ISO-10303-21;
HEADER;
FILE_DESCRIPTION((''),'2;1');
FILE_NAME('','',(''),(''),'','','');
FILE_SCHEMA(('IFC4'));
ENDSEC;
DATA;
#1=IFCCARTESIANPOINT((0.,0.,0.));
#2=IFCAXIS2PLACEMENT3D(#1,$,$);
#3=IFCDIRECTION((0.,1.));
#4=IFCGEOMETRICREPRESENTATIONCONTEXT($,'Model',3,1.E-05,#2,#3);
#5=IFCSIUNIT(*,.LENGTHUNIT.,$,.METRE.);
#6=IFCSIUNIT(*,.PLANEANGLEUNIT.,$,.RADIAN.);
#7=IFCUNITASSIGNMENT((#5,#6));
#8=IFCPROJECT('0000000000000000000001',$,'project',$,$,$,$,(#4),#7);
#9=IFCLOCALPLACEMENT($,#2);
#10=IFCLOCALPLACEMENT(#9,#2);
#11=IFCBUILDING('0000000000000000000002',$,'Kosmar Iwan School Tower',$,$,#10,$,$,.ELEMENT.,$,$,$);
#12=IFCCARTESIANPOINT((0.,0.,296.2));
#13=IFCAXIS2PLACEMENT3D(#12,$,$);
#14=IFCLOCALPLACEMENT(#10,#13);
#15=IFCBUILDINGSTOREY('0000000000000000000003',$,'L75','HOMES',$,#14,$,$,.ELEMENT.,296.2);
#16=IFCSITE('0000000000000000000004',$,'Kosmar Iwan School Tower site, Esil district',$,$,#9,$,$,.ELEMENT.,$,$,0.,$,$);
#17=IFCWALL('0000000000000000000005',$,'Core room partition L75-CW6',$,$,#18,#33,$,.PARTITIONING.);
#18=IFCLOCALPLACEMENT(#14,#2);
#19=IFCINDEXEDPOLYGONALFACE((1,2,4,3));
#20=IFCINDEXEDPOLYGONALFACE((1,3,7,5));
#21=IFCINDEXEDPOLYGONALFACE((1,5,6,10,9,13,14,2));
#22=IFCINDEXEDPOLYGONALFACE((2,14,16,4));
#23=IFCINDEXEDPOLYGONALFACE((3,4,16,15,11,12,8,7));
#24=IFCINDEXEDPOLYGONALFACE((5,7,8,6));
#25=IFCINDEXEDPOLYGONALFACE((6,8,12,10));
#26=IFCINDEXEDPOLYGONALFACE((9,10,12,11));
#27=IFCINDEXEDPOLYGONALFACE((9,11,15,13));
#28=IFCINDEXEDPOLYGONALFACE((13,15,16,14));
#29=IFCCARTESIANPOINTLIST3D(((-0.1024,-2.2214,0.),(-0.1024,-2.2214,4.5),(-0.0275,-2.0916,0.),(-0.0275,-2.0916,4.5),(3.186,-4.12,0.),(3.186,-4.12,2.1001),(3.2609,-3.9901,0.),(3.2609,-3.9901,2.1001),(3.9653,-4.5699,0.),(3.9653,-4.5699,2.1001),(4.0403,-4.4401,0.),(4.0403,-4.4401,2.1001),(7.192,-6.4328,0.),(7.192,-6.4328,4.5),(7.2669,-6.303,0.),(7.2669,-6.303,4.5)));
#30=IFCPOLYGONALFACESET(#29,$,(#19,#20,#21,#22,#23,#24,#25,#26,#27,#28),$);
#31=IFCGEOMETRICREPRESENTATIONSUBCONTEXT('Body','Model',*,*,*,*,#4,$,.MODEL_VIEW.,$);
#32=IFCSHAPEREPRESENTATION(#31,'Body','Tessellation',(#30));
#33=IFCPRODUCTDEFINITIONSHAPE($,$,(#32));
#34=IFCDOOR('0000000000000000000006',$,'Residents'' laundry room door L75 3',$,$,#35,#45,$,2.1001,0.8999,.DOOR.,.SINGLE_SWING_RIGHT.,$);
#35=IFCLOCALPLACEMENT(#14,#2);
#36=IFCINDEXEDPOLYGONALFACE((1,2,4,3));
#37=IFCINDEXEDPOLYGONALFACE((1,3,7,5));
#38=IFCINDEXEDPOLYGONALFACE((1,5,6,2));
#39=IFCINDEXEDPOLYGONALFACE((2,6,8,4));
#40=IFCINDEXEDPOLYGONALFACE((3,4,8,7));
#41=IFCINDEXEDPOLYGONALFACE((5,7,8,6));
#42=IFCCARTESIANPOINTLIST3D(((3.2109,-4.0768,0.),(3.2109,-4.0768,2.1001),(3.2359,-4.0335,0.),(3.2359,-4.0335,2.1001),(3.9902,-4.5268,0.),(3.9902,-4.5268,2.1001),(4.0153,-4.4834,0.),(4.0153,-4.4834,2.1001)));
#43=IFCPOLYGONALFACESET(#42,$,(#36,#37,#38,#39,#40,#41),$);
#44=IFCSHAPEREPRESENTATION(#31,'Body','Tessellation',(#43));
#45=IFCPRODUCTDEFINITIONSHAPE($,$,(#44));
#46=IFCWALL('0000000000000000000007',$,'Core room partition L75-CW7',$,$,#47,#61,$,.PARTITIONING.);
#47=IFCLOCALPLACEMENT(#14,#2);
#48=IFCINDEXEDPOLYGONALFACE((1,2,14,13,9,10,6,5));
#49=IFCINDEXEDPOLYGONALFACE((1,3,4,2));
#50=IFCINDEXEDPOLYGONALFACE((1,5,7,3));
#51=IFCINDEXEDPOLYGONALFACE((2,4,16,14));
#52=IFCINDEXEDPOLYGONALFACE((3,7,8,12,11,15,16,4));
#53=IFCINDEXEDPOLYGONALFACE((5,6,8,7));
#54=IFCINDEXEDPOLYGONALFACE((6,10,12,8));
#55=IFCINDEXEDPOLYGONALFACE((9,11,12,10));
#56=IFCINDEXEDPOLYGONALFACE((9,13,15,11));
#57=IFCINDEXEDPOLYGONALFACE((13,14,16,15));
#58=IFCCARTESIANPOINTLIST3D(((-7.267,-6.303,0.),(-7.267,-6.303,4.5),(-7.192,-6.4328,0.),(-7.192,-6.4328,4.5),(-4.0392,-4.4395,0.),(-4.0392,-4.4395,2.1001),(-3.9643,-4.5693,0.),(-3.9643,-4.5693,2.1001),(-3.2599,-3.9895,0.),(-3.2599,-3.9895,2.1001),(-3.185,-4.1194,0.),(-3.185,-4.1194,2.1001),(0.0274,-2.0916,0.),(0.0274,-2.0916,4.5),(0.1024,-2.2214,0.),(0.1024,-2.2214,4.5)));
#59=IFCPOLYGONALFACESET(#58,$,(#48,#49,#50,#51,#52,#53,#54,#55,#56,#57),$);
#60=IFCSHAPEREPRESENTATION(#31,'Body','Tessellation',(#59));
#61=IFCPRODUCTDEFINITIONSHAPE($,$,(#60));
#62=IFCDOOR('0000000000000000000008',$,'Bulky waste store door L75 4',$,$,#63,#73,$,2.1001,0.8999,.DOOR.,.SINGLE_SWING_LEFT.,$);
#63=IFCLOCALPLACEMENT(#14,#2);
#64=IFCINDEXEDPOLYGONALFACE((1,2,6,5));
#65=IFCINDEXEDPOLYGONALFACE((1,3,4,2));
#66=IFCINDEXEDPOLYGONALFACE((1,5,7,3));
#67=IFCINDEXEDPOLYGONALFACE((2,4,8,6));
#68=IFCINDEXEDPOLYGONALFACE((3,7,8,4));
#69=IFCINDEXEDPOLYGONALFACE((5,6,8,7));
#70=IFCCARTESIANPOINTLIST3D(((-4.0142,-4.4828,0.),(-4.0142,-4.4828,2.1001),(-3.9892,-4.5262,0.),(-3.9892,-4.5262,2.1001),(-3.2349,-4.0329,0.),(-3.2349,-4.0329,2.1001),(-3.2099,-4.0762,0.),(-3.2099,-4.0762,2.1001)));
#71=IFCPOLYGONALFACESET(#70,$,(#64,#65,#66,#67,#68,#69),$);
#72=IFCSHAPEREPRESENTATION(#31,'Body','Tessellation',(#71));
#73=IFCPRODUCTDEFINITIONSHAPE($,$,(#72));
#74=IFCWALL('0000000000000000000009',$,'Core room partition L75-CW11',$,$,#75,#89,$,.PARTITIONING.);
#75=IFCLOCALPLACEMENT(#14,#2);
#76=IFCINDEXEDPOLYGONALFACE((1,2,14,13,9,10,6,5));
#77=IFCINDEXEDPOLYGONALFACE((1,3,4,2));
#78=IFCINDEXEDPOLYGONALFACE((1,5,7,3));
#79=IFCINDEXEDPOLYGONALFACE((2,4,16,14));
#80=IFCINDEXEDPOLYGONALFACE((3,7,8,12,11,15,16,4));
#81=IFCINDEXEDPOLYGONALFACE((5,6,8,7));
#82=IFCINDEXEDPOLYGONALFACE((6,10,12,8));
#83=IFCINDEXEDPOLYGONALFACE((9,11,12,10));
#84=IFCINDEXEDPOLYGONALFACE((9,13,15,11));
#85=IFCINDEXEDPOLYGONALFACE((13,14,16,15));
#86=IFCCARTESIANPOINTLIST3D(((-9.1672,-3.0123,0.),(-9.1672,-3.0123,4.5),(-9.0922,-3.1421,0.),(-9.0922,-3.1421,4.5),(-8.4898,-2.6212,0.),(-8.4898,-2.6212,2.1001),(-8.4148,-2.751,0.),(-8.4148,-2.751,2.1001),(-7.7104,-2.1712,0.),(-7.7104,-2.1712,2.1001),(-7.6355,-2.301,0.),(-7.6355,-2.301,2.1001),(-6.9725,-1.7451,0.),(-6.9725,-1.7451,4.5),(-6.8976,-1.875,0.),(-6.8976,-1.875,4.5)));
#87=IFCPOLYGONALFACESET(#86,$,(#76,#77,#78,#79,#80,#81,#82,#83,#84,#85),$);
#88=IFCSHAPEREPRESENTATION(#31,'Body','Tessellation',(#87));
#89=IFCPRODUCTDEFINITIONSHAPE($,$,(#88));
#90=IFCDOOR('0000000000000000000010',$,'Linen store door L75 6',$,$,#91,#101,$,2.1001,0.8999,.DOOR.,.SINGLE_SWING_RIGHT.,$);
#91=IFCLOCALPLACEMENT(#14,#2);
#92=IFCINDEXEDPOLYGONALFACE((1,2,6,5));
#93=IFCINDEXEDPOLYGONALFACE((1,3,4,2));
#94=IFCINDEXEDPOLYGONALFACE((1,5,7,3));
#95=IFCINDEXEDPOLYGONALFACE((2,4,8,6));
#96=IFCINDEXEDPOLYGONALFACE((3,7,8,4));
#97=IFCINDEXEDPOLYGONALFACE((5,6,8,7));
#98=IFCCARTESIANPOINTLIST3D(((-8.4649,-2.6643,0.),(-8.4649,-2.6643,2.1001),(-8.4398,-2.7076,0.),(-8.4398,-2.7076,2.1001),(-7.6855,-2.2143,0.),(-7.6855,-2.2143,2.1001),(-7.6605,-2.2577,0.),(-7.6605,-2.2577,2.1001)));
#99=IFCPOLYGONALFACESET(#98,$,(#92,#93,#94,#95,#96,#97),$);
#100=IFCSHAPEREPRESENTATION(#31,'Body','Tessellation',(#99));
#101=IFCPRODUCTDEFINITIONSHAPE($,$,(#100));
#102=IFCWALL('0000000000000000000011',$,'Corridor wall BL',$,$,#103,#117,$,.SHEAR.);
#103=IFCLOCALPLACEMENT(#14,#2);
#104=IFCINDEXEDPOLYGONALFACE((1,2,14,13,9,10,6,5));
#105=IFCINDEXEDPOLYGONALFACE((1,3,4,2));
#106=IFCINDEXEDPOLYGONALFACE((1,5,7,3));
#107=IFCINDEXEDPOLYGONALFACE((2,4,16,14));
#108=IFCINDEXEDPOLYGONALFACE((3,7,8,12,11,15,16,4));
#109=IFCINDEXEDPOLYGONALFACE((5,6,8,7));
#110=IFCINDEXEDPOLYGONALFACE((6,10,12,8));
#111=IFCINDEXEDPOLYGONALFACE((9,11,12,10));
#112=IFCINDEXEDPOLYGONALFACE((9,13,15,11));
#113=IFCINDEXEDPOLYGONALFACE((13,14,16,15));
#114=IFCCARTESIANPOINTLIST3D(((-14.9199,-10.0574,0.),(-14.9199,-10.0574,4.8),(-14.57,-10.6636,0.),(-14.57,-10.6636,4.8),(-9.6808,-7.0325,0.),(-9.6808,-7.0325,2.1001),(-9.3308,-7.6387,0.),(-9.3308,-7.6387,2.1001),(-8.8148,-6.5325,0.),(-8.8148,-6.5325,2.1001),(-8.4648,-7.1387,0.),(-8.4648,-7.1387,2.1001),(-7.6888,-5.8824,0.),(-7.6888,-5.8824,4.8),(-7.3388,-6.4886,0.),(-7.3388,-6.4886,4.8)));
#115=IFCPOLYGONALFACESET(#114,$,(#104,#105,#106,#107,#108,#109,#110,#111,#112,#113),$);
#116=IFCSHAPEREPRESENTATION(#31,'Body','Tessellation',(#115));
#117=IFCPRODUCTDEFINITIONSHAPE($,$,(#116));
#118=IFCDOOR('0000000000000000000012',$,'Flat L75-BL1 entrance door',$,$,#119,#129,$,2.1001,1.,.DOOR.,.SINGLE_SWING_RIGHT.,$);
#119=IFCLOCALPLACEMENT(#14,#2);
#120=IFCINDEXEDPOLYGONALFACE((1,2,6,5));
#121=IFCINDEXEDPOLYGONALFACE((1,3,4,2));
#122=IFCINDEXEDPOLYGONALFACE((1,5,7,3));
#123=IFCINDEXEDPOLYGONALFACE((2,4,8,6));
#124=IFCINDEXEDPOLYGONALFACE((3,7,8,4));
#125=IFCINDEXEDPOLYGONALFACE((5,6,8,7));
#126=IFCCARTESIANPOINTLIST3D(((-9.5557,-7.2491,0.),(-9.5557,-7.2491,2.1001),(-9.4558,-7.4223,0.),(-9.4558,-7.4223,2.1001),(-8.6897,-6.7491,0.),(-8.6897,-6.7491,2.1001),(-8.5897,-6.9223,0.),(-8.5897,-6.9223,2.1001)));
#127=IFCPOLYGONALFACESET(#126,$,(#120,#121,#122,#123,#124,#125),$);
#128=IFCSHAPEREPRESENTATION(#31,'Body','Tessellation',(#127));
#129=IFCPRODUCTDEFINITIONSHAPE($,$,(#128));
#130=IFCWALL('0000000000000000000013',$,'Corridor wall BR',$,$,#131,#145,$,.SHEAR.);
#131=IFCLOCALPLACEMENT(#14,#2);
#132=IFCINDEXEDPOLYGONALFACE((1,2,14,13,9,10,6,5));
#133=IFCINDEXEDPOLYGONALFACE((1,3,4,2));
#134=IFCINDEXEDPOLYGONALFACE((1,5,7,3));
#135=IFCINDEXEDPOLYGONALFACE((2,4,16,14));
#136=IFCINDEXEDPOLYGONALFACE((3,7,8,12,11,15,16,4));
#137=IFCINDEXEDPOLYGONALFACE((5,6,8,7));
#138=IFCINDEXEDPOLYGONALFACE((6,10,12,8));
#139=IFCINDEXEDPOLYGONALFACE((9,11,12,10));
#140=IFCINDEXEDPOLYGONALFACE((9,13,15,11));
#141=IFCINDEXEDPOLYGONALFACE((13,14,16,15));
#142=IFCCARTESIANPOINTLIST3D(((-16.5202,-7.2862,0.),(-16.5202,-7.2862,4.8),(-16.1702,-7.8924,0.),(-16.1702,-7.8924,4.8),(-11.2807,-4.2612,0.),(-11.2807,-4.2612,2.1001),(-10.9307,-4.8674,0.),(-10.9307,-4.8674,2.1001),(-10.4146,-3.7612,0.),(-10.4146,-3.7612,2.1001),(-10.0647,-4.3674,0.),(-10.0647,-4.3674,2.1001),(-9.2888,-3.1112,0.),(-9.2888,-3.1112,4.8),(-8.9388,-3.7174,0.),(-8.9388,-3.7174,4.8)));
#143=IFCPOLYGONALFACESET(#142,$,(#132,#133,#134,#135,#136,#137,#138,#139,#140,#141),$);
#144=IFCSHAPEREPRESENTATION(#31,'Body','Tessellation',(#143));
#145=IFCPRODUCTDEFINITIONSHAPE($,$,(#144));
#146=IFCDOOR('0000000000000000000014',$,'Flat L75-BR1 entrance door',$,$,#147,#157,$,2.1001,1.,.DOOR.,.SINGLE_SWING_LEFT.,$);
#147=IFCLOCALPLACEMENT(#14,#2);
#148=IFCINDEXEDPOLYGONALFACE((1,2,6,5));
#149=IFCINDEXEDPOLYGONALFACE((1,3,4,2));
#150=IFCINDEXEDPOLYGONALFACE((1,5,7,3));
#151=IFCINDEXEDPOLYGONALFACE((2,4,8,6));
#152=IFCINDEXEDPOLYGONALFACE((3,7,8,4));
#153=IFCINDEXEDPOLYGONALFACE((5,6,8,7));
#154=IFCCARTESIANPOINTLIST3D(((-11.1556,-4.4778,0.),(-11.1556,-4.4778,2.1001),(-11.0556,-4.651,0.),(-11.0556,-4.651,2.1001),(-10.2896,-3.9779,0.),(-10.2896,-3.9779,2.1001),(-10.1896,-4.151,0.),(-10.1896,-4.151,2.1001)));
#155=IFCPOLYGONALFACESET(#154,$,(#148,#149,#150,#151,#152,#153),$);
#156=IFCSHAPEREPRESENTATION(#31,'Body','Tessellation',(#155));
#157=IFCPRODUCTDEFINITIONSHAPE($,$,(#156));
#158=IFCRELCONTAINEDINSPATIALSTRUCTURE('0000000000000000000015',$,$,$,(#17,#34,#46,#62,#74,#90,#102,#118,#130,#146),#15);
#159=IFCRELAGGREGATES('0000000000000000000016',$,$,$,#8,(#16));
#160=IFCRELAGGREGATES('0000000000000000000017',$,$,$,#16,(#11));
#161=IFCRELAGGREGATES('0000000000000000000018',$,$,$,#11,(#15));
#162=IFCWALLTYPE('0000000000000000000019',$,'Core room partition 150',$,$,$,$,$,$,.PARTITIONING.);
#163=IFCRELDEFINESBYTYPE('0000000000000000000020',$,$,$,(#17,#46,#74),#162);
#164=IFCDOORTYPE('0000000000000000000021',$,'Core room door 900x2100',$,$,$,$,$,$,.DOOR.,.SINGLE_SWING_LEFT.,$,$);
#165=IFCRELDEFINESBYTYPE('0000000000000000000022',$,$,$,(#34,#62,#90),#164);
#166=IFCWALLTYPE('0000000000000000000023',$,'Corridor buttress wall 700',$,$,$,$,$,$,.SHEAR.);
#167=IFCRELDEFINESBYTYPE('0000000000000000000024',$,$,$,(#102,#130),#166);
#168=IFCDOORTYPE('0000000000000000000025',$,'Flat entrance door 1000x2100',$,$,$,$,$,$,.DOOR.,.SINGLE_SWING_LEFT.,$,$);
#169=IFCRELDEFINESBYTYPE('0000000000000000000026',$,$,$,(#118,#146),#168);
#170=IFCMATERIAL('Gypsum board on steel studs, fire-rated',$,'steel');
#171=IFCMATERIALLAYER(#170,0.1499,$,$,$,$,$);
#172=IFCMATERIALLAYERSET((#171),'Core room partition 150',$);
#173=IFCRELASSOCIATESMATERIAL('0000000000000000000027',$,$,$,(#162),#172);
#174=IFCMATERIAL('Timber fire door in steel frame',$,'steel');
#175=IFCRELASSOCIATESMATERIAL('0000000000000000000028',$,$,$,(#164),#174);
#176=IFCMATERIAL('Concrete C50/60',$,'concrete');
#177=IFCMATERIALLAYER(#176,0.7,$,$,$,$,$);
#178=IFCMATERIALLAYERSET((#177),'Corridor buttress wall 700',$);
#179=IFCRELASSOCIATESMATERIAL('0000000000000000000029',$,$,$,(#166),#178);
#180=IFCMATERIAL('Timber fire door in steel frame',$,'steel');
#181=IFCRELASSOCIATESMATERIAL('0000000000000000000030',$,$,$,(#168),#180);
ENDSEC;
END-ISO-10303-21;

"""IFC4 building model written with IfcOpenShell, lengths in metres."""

from ifc_helpers import new_model, si_unit, direction, frame, frame_2d, origin, place, context, subcontext, project, spatial, rectangle, extrude, material, layer, layer_set, type_object, element, fill, save


model = new_model("IFC4")

# Units and contexts
model_context = context("Model", 3, precision=1e-05, world=origin(), true_north=direction((0.0, 1.0)))
body_context = subcontext(model_context, "Body", "Model", "MODEL_VIEW")
ifc_project = project(units=[si_unit("LENGTHUNIT", "METRE"), si_unit("PLANEANGLEUNIT", "RADIAN")], contexts=[model_context])

# Site, building, storey
site_placement = place(None, origin())
site = spatial("IfcSite", under=ifc_project, at=site_placement, Name="Kosmar Iwan School Tower site, Esil district", CompositionType="ELEMENT", RefElevation=0.0)
building_placement = place(site_placement, origin())
building = spatial("IfcBuilding", under=site, at=building_placement, Name="Kosmar Iwan School Tower", CompositionType="ELEMENT")
storey_placement = place(building_placement, frame((0.0, 0.0, 296.2)))
storey = spatial("IfcBuildingStorey", under=building, at=storey_placement, Name="L75", Description="HOMES", CompositionType="ELEMENT", Elevation=296.2)

# Walls, openings, doors
ifc_material_1 = material(Name="Gypsum board on steel studs, fire-rated", Category="steel")
ifc_layer_1 = layer(ifc_material_1, 0.1499)
ifc_layer_set_1 = layer_set([ifc_layer_1], Name="Core room partition 150")
wall_type_1 = type_object("IfcWallType", Name="Core room partition 150", PredefinedType="PARTITIONING", material=ifc_layer_set_1)
wall_1_placement = place(storey_placement, frame((-0.0649, -2.1565, 0.0), z_axis=(0.0, 0.0, 1.0), x_axis=(0.866026, -0.499998, 0.0)))
wall_1 = element("IfcWall", 1, at=wall_1_placement, inside=storey, type_object=wall_type_1, Name="Core room partition L75-CW6", PredefinedType="PARTITIONING", context=body_context, shape_type="SweptSolid", body=[
    extrude(rectangle(XDim=8.4229, YDim=0.1499, at=frame_2d((4.2114, 0.0))), origin(), (0.0, 0.0, 1.0), 4.5),
])
opening_1_placement = place(wall_1_placement, frame((3.7971, 0.0, 0.0)))
opening_1 = element("IfcOpeningElement", 2, at=opening_1_placement, cuts=wall_1, PredefinedType="OPENING", context=body_context, shape_type="SweptSolid", body=[
    extrude(rectangle(XDim=0.8999, YDim=2.1001, at=frame_2d((0.45, 1.05))), frame((0.0, 0.0869, 0.0), z_axis=(0.0, -1.0, 0.0), x_axis=(1.0, 0.0, 0.0)), (0.0, 0.0, 1.0), 0.1738),
])
ifc_material_2 = material(Name="Timber fire door in steel frame", Category="steel")
door_type_1 = type_object("IfcDoorType", Name="Core room door 900x2100", OperationType="SINGLE_SWING_LEFT", PredefinedType="DOOR", material=ifc_material_2)
door_1_placement = place(opening_1_placement, origin())
door_1 = element("IfcDoor", 3, at=door_1_placement, inside=storey, type_object=door_type_1, Name="Residents' laundry room door L75 3", OperationType="SINGLE_SWING_RIGHT", OverallHeight=2.1001, OverallWidth=0.8999, PredefinedType="DOOR", context=body_context, shape_type="SweptSolid", body=[
    extrude(rectangle(XDim=0.8999, YDim=2.1001, at=frame_2d((0.45, 1.05))), frame((0.0, 0.0249, 0.0), z_axis=(0.0, -1.0, 0.0), x_axis=(1.0, 0.0, 0.0)), (0.0, 0.0, 1.0), 0.05),
])
fill(opening_1, door_1)
wall_2_placement = place(storey_placement, frame((-7.2295, -6.3679, 0.0), z_axis=(0.0, 0.0, 1.0), x_axis=(0.866026, 0.499998, 0.0)))
wall_2 = element("IfcWall", 4, at=wall_2_placement, inside=storey, type_object=wall_type_1, Name="Core room partition L75-CW7", PredefinedType="PARTITIONING", context=body_context, shape_type="SweptSolid", body=[
    extrude(rectangle(XDim=8.4229, YDim=0.1499, at=frame_2d((4.2114, 0.0))), origin(), (0.0, 0.0, 1.0), 4.5),
])
opening_2_placement = place(wall_2_placement, frame((3.7271, 0.0, 0.0)))
opening_2 = element("IfcOpeningElement", 5, at=opening_2_placement, cuts=wall_2, PredefinedType="OPENING", context=body_context, shape_type="SweptSolid", body=[
    extrude(rectangle(XDim=0.8999, YDim=2.1001, at=frame_2d((0.45, 1.05))), frame((0.0, 0.0869, 0.0), z_axis=(0.0, -1.0, 0.0), x_axis=(1.0, 0.0, 0.0)), (0.0, 0.0, 1.0), 0.1738),
])
door_2_placement = place(opening_2_placement, origin())
door_2 = element("IfcDoor", 6, at=door_2_placement, inside=storey, type_object=door_type_1, Name="Bulky waste store door L75 4", OperationType="SINGLE_SWING_LEFT", OverallHeight=2.1001, OverallWidth=0.8999, PredefinedType="DOOR", context=body_context, shape_type="SweptSolid", body=[
    extrude(rectangle(XDim=0.8999, YDim=2.1001, at=frame_2d((0.45, 1.05))), frame((0.0, 0.0249, 0.0), z_axis=(0.0, -1.0, 0.0), x_axis=(1.0, 0.0, 0.0)), (0.0, 0.0, 1.0), 0.05),
])
fill(opening_2, door_2)
wall_3_placement = place(storey_placement, frame((-6.9351, -1.8101, 0.0), z_axis=(0.0, 0.0, 1.0), x_axis=(-0.866017, -0.500014, 0.0)))
wall_3 = element("IfcWall", 7, at=wall_3_placement, inside=storey, type_object=wall_type_1, Name="Core room partition L75-CW11", PredefinedType="PARTITIONING", context=body_context, shape_type="SweptSolid", body=[
    extrude(rectangle(XDim=2.5342, YDim=0.1499, at=frame_2d((1.2671, 0.0))), origin(), (0.0, 0.0, 1.0), 4.5),
])
opening_3_placement = place(wall_3_placement, frame((0.8521, 0.0, 0.0)))
opening_3 = element("IfcOpeningElement", 8, at=opening_3_placement, cuts=wall_3, PredefinedType="OPENING", context=body_context, shape_type="SweptSolid", body=[
    extrude(rectangle(XDim=0.8999, YDim=2.1001, at=frame_2d((0.45, 1.05))), frame((0.0, 0.0869, 0.0), z_axis=(0.0, -1.0, 0.0), x_axis=(1.0, 0.0, 0.0)), (0.0, 0.0, 1.0), 0.1738),
])
door_3_placement = place(opening_3_placement, origin())
door_3 = element("IfcDoor", 9, at=door_3_placement, inside=storey, type_object=door_type_1, Name="Linen store door L75 6", OperationType="SINGLE_SWING_RIGHT", OverallHeight=2.1001, OverallWidth=0.8999, PredefinedType="DOOR", context=body_context, shape_type="SweptSolid", body=[
    extrude(rectangle(XDim=0.8999, YDim=2.1001, at=frame_2d((0.45, 1.05))), frame((0.0, 0.0249, 0.0), z_axis=(0.0, -1.0, 0.0), x_axis=(1.0, 0.0, 0.0)), (0.0, 0.0, 1.0), 0.05),
])
fill(opening_3, door_3)
ifc_material_3 = material(Name="Concrete C50/60", Category="concrete")
ifc_layer_2 = layer(ifc_material_3, 0.7)
ifc_layer_set_2 = layer_set([ifc_layer_2], Name="Corridor buttress wall 700")
wall_type_2 = type_object("IfcWallType", Name="Corridor buttress wall 700", PredefinedType="SHEAR", material=ifc_layer_set_2)
wall_4_placement = place(storey_placement, frame((-7.5139, -6.1855, 0.0), z_axis=(0.0, 0.0, 1.0), x_axis=(-0.86602, -0.50001, 0.0)))
wall_4 = element("IfcWall", 10, at=wall_4_placement, inside=storey, type_object=wall_type_2, Name="Corridor wall BL", PredefinedType="SHEAR", context=body_context, shape_type="SweptSolid", body=[
    extrude(rectangle(XDim=8.3499, YDim=0.7, at=frame_2d((4.1748, 0.0))), origin(), (0.0, 0.0, 1.0), 4.8),
])
opening_4_placement = place(wall_4_placement, frame((1.3, 0.0, 0.0)))
opening_4 = element("IfcOpeningElement", 11, at=opening_4_placement, cuts=wall_4, PredefinedType="OPENING", context=body_context, shape_type="SweptSolid", body=[
    extrude(rectangle(XDim=1.0, YDim=2.1001, at=frame_2d((0.5, 1.05))), frame((0.0, 0.3621, 0.0), z_axis=(0.0, -1.0, 0.0), x_axis=(1.0, 0.0, 0.0)), (0.0, 0.0, 1.0), 0.7239),
])
ifc_material_4 = material(Name="Timber fire door in steel frame", Category="steel")
door_type_2 = type_object("IfcDoorType", Name="Flat entrance door 1000x2100", OperationType="SINGLE_SWING_LEFT", PredefinedType="DOOR", material=ifc_material_4)
door_4_placement = place(opening_4_placement, origin())
door_4 = element("IfcDoor", 12, at=door_4_placement, inside=storey, type_object=door_type_2, Name="Flat L75-BL1 entrance door", OperationType="SINGLE_SWING_RIGHT", OverallHeight=2.1001, OverallWidth=1.0, PredefinedType="DOOR", context=body_context, shape_type="SweptSolid", body=[
    extrude(rectangle(XDim=1.0, YDim=2.1001, at=frame_2d((0.5, 1.05))), frame((0.0, 0.1001, 0.0), z_axis=(0.0, -1.0, 0.0), x_axis=(1.0, 0.0, 0.0)), (0.0, 0.0, 1.0), 0.2),
])
fill(opening_4, door_4)
wall_5_placement = place(storey_placement, frame((-9.1138, -3.4143, 0.0), z_axis=(0.0, 0.0, 1.0), x_axis=(-0.866027, -0.499997, 0.0)))
wall_5 = element("IfcWall", 13, at=wall_5_placement, inside=storey, type_object=wall_type_2, Name="Corridor wall BR", PredefinedType="SHEAR", context=body_context, shape_type="SweptSolid", body=[
    extrude(rectangle(XDim=8.3501, YDim=0.7, at=frame_2d((4.175, 0.0))), origin(), (0.0, 0.0, 1.0), 4.8),
])
opening_5_placement = place(wall_5_placement, frame((1.3, 0.0, 0.0)))
opening_5 = element("IfcOpeningElement", 14, at=opening_5_placement, cuts=wall_5, PredefinedType="OPENING", context=body_context, shape_type="SweptSolid", body=[
    extrude(rectangle(XDim=1.0, YDim=2.1001, at=frame_2d((0.5, 1.05))), frame((0.0, 0.3621, 0.0), z_axis=(0.0, -1.0, 0.0), x_axis=(1.0, 0.0, 0.0)), (0.0, 0.0, 1.0), 0.7239),
])
door_5_placement = place(opening_5_placement, origin())
door_5 = element("IfcDoor", 15, at=door_5_placement, inside=storey, type_object=door_type_2, Name="Flat L75-BR1 entrance door", OperationType="SINGLE_SWING_LEFT", OverallHeight=2.1001, OverallWidth=1.0, PredefinedType="DOOR", context=body_context, shape_type="SweptSolid", body=[
    extrude(rectangle(XDim=1.0, YDim=2.1001, at=frame_2d((0.5, 1.05))), frame((0.0, 0.1001, 0.0), z_axis=(0.0, -1.0, 0.0), x_axis=(1.0, 0.0, 0.0)), (0.0, 0.0, 1.0), 0.2),
])
fill(opening_5, door_5)

save(model, "model.ifc")
